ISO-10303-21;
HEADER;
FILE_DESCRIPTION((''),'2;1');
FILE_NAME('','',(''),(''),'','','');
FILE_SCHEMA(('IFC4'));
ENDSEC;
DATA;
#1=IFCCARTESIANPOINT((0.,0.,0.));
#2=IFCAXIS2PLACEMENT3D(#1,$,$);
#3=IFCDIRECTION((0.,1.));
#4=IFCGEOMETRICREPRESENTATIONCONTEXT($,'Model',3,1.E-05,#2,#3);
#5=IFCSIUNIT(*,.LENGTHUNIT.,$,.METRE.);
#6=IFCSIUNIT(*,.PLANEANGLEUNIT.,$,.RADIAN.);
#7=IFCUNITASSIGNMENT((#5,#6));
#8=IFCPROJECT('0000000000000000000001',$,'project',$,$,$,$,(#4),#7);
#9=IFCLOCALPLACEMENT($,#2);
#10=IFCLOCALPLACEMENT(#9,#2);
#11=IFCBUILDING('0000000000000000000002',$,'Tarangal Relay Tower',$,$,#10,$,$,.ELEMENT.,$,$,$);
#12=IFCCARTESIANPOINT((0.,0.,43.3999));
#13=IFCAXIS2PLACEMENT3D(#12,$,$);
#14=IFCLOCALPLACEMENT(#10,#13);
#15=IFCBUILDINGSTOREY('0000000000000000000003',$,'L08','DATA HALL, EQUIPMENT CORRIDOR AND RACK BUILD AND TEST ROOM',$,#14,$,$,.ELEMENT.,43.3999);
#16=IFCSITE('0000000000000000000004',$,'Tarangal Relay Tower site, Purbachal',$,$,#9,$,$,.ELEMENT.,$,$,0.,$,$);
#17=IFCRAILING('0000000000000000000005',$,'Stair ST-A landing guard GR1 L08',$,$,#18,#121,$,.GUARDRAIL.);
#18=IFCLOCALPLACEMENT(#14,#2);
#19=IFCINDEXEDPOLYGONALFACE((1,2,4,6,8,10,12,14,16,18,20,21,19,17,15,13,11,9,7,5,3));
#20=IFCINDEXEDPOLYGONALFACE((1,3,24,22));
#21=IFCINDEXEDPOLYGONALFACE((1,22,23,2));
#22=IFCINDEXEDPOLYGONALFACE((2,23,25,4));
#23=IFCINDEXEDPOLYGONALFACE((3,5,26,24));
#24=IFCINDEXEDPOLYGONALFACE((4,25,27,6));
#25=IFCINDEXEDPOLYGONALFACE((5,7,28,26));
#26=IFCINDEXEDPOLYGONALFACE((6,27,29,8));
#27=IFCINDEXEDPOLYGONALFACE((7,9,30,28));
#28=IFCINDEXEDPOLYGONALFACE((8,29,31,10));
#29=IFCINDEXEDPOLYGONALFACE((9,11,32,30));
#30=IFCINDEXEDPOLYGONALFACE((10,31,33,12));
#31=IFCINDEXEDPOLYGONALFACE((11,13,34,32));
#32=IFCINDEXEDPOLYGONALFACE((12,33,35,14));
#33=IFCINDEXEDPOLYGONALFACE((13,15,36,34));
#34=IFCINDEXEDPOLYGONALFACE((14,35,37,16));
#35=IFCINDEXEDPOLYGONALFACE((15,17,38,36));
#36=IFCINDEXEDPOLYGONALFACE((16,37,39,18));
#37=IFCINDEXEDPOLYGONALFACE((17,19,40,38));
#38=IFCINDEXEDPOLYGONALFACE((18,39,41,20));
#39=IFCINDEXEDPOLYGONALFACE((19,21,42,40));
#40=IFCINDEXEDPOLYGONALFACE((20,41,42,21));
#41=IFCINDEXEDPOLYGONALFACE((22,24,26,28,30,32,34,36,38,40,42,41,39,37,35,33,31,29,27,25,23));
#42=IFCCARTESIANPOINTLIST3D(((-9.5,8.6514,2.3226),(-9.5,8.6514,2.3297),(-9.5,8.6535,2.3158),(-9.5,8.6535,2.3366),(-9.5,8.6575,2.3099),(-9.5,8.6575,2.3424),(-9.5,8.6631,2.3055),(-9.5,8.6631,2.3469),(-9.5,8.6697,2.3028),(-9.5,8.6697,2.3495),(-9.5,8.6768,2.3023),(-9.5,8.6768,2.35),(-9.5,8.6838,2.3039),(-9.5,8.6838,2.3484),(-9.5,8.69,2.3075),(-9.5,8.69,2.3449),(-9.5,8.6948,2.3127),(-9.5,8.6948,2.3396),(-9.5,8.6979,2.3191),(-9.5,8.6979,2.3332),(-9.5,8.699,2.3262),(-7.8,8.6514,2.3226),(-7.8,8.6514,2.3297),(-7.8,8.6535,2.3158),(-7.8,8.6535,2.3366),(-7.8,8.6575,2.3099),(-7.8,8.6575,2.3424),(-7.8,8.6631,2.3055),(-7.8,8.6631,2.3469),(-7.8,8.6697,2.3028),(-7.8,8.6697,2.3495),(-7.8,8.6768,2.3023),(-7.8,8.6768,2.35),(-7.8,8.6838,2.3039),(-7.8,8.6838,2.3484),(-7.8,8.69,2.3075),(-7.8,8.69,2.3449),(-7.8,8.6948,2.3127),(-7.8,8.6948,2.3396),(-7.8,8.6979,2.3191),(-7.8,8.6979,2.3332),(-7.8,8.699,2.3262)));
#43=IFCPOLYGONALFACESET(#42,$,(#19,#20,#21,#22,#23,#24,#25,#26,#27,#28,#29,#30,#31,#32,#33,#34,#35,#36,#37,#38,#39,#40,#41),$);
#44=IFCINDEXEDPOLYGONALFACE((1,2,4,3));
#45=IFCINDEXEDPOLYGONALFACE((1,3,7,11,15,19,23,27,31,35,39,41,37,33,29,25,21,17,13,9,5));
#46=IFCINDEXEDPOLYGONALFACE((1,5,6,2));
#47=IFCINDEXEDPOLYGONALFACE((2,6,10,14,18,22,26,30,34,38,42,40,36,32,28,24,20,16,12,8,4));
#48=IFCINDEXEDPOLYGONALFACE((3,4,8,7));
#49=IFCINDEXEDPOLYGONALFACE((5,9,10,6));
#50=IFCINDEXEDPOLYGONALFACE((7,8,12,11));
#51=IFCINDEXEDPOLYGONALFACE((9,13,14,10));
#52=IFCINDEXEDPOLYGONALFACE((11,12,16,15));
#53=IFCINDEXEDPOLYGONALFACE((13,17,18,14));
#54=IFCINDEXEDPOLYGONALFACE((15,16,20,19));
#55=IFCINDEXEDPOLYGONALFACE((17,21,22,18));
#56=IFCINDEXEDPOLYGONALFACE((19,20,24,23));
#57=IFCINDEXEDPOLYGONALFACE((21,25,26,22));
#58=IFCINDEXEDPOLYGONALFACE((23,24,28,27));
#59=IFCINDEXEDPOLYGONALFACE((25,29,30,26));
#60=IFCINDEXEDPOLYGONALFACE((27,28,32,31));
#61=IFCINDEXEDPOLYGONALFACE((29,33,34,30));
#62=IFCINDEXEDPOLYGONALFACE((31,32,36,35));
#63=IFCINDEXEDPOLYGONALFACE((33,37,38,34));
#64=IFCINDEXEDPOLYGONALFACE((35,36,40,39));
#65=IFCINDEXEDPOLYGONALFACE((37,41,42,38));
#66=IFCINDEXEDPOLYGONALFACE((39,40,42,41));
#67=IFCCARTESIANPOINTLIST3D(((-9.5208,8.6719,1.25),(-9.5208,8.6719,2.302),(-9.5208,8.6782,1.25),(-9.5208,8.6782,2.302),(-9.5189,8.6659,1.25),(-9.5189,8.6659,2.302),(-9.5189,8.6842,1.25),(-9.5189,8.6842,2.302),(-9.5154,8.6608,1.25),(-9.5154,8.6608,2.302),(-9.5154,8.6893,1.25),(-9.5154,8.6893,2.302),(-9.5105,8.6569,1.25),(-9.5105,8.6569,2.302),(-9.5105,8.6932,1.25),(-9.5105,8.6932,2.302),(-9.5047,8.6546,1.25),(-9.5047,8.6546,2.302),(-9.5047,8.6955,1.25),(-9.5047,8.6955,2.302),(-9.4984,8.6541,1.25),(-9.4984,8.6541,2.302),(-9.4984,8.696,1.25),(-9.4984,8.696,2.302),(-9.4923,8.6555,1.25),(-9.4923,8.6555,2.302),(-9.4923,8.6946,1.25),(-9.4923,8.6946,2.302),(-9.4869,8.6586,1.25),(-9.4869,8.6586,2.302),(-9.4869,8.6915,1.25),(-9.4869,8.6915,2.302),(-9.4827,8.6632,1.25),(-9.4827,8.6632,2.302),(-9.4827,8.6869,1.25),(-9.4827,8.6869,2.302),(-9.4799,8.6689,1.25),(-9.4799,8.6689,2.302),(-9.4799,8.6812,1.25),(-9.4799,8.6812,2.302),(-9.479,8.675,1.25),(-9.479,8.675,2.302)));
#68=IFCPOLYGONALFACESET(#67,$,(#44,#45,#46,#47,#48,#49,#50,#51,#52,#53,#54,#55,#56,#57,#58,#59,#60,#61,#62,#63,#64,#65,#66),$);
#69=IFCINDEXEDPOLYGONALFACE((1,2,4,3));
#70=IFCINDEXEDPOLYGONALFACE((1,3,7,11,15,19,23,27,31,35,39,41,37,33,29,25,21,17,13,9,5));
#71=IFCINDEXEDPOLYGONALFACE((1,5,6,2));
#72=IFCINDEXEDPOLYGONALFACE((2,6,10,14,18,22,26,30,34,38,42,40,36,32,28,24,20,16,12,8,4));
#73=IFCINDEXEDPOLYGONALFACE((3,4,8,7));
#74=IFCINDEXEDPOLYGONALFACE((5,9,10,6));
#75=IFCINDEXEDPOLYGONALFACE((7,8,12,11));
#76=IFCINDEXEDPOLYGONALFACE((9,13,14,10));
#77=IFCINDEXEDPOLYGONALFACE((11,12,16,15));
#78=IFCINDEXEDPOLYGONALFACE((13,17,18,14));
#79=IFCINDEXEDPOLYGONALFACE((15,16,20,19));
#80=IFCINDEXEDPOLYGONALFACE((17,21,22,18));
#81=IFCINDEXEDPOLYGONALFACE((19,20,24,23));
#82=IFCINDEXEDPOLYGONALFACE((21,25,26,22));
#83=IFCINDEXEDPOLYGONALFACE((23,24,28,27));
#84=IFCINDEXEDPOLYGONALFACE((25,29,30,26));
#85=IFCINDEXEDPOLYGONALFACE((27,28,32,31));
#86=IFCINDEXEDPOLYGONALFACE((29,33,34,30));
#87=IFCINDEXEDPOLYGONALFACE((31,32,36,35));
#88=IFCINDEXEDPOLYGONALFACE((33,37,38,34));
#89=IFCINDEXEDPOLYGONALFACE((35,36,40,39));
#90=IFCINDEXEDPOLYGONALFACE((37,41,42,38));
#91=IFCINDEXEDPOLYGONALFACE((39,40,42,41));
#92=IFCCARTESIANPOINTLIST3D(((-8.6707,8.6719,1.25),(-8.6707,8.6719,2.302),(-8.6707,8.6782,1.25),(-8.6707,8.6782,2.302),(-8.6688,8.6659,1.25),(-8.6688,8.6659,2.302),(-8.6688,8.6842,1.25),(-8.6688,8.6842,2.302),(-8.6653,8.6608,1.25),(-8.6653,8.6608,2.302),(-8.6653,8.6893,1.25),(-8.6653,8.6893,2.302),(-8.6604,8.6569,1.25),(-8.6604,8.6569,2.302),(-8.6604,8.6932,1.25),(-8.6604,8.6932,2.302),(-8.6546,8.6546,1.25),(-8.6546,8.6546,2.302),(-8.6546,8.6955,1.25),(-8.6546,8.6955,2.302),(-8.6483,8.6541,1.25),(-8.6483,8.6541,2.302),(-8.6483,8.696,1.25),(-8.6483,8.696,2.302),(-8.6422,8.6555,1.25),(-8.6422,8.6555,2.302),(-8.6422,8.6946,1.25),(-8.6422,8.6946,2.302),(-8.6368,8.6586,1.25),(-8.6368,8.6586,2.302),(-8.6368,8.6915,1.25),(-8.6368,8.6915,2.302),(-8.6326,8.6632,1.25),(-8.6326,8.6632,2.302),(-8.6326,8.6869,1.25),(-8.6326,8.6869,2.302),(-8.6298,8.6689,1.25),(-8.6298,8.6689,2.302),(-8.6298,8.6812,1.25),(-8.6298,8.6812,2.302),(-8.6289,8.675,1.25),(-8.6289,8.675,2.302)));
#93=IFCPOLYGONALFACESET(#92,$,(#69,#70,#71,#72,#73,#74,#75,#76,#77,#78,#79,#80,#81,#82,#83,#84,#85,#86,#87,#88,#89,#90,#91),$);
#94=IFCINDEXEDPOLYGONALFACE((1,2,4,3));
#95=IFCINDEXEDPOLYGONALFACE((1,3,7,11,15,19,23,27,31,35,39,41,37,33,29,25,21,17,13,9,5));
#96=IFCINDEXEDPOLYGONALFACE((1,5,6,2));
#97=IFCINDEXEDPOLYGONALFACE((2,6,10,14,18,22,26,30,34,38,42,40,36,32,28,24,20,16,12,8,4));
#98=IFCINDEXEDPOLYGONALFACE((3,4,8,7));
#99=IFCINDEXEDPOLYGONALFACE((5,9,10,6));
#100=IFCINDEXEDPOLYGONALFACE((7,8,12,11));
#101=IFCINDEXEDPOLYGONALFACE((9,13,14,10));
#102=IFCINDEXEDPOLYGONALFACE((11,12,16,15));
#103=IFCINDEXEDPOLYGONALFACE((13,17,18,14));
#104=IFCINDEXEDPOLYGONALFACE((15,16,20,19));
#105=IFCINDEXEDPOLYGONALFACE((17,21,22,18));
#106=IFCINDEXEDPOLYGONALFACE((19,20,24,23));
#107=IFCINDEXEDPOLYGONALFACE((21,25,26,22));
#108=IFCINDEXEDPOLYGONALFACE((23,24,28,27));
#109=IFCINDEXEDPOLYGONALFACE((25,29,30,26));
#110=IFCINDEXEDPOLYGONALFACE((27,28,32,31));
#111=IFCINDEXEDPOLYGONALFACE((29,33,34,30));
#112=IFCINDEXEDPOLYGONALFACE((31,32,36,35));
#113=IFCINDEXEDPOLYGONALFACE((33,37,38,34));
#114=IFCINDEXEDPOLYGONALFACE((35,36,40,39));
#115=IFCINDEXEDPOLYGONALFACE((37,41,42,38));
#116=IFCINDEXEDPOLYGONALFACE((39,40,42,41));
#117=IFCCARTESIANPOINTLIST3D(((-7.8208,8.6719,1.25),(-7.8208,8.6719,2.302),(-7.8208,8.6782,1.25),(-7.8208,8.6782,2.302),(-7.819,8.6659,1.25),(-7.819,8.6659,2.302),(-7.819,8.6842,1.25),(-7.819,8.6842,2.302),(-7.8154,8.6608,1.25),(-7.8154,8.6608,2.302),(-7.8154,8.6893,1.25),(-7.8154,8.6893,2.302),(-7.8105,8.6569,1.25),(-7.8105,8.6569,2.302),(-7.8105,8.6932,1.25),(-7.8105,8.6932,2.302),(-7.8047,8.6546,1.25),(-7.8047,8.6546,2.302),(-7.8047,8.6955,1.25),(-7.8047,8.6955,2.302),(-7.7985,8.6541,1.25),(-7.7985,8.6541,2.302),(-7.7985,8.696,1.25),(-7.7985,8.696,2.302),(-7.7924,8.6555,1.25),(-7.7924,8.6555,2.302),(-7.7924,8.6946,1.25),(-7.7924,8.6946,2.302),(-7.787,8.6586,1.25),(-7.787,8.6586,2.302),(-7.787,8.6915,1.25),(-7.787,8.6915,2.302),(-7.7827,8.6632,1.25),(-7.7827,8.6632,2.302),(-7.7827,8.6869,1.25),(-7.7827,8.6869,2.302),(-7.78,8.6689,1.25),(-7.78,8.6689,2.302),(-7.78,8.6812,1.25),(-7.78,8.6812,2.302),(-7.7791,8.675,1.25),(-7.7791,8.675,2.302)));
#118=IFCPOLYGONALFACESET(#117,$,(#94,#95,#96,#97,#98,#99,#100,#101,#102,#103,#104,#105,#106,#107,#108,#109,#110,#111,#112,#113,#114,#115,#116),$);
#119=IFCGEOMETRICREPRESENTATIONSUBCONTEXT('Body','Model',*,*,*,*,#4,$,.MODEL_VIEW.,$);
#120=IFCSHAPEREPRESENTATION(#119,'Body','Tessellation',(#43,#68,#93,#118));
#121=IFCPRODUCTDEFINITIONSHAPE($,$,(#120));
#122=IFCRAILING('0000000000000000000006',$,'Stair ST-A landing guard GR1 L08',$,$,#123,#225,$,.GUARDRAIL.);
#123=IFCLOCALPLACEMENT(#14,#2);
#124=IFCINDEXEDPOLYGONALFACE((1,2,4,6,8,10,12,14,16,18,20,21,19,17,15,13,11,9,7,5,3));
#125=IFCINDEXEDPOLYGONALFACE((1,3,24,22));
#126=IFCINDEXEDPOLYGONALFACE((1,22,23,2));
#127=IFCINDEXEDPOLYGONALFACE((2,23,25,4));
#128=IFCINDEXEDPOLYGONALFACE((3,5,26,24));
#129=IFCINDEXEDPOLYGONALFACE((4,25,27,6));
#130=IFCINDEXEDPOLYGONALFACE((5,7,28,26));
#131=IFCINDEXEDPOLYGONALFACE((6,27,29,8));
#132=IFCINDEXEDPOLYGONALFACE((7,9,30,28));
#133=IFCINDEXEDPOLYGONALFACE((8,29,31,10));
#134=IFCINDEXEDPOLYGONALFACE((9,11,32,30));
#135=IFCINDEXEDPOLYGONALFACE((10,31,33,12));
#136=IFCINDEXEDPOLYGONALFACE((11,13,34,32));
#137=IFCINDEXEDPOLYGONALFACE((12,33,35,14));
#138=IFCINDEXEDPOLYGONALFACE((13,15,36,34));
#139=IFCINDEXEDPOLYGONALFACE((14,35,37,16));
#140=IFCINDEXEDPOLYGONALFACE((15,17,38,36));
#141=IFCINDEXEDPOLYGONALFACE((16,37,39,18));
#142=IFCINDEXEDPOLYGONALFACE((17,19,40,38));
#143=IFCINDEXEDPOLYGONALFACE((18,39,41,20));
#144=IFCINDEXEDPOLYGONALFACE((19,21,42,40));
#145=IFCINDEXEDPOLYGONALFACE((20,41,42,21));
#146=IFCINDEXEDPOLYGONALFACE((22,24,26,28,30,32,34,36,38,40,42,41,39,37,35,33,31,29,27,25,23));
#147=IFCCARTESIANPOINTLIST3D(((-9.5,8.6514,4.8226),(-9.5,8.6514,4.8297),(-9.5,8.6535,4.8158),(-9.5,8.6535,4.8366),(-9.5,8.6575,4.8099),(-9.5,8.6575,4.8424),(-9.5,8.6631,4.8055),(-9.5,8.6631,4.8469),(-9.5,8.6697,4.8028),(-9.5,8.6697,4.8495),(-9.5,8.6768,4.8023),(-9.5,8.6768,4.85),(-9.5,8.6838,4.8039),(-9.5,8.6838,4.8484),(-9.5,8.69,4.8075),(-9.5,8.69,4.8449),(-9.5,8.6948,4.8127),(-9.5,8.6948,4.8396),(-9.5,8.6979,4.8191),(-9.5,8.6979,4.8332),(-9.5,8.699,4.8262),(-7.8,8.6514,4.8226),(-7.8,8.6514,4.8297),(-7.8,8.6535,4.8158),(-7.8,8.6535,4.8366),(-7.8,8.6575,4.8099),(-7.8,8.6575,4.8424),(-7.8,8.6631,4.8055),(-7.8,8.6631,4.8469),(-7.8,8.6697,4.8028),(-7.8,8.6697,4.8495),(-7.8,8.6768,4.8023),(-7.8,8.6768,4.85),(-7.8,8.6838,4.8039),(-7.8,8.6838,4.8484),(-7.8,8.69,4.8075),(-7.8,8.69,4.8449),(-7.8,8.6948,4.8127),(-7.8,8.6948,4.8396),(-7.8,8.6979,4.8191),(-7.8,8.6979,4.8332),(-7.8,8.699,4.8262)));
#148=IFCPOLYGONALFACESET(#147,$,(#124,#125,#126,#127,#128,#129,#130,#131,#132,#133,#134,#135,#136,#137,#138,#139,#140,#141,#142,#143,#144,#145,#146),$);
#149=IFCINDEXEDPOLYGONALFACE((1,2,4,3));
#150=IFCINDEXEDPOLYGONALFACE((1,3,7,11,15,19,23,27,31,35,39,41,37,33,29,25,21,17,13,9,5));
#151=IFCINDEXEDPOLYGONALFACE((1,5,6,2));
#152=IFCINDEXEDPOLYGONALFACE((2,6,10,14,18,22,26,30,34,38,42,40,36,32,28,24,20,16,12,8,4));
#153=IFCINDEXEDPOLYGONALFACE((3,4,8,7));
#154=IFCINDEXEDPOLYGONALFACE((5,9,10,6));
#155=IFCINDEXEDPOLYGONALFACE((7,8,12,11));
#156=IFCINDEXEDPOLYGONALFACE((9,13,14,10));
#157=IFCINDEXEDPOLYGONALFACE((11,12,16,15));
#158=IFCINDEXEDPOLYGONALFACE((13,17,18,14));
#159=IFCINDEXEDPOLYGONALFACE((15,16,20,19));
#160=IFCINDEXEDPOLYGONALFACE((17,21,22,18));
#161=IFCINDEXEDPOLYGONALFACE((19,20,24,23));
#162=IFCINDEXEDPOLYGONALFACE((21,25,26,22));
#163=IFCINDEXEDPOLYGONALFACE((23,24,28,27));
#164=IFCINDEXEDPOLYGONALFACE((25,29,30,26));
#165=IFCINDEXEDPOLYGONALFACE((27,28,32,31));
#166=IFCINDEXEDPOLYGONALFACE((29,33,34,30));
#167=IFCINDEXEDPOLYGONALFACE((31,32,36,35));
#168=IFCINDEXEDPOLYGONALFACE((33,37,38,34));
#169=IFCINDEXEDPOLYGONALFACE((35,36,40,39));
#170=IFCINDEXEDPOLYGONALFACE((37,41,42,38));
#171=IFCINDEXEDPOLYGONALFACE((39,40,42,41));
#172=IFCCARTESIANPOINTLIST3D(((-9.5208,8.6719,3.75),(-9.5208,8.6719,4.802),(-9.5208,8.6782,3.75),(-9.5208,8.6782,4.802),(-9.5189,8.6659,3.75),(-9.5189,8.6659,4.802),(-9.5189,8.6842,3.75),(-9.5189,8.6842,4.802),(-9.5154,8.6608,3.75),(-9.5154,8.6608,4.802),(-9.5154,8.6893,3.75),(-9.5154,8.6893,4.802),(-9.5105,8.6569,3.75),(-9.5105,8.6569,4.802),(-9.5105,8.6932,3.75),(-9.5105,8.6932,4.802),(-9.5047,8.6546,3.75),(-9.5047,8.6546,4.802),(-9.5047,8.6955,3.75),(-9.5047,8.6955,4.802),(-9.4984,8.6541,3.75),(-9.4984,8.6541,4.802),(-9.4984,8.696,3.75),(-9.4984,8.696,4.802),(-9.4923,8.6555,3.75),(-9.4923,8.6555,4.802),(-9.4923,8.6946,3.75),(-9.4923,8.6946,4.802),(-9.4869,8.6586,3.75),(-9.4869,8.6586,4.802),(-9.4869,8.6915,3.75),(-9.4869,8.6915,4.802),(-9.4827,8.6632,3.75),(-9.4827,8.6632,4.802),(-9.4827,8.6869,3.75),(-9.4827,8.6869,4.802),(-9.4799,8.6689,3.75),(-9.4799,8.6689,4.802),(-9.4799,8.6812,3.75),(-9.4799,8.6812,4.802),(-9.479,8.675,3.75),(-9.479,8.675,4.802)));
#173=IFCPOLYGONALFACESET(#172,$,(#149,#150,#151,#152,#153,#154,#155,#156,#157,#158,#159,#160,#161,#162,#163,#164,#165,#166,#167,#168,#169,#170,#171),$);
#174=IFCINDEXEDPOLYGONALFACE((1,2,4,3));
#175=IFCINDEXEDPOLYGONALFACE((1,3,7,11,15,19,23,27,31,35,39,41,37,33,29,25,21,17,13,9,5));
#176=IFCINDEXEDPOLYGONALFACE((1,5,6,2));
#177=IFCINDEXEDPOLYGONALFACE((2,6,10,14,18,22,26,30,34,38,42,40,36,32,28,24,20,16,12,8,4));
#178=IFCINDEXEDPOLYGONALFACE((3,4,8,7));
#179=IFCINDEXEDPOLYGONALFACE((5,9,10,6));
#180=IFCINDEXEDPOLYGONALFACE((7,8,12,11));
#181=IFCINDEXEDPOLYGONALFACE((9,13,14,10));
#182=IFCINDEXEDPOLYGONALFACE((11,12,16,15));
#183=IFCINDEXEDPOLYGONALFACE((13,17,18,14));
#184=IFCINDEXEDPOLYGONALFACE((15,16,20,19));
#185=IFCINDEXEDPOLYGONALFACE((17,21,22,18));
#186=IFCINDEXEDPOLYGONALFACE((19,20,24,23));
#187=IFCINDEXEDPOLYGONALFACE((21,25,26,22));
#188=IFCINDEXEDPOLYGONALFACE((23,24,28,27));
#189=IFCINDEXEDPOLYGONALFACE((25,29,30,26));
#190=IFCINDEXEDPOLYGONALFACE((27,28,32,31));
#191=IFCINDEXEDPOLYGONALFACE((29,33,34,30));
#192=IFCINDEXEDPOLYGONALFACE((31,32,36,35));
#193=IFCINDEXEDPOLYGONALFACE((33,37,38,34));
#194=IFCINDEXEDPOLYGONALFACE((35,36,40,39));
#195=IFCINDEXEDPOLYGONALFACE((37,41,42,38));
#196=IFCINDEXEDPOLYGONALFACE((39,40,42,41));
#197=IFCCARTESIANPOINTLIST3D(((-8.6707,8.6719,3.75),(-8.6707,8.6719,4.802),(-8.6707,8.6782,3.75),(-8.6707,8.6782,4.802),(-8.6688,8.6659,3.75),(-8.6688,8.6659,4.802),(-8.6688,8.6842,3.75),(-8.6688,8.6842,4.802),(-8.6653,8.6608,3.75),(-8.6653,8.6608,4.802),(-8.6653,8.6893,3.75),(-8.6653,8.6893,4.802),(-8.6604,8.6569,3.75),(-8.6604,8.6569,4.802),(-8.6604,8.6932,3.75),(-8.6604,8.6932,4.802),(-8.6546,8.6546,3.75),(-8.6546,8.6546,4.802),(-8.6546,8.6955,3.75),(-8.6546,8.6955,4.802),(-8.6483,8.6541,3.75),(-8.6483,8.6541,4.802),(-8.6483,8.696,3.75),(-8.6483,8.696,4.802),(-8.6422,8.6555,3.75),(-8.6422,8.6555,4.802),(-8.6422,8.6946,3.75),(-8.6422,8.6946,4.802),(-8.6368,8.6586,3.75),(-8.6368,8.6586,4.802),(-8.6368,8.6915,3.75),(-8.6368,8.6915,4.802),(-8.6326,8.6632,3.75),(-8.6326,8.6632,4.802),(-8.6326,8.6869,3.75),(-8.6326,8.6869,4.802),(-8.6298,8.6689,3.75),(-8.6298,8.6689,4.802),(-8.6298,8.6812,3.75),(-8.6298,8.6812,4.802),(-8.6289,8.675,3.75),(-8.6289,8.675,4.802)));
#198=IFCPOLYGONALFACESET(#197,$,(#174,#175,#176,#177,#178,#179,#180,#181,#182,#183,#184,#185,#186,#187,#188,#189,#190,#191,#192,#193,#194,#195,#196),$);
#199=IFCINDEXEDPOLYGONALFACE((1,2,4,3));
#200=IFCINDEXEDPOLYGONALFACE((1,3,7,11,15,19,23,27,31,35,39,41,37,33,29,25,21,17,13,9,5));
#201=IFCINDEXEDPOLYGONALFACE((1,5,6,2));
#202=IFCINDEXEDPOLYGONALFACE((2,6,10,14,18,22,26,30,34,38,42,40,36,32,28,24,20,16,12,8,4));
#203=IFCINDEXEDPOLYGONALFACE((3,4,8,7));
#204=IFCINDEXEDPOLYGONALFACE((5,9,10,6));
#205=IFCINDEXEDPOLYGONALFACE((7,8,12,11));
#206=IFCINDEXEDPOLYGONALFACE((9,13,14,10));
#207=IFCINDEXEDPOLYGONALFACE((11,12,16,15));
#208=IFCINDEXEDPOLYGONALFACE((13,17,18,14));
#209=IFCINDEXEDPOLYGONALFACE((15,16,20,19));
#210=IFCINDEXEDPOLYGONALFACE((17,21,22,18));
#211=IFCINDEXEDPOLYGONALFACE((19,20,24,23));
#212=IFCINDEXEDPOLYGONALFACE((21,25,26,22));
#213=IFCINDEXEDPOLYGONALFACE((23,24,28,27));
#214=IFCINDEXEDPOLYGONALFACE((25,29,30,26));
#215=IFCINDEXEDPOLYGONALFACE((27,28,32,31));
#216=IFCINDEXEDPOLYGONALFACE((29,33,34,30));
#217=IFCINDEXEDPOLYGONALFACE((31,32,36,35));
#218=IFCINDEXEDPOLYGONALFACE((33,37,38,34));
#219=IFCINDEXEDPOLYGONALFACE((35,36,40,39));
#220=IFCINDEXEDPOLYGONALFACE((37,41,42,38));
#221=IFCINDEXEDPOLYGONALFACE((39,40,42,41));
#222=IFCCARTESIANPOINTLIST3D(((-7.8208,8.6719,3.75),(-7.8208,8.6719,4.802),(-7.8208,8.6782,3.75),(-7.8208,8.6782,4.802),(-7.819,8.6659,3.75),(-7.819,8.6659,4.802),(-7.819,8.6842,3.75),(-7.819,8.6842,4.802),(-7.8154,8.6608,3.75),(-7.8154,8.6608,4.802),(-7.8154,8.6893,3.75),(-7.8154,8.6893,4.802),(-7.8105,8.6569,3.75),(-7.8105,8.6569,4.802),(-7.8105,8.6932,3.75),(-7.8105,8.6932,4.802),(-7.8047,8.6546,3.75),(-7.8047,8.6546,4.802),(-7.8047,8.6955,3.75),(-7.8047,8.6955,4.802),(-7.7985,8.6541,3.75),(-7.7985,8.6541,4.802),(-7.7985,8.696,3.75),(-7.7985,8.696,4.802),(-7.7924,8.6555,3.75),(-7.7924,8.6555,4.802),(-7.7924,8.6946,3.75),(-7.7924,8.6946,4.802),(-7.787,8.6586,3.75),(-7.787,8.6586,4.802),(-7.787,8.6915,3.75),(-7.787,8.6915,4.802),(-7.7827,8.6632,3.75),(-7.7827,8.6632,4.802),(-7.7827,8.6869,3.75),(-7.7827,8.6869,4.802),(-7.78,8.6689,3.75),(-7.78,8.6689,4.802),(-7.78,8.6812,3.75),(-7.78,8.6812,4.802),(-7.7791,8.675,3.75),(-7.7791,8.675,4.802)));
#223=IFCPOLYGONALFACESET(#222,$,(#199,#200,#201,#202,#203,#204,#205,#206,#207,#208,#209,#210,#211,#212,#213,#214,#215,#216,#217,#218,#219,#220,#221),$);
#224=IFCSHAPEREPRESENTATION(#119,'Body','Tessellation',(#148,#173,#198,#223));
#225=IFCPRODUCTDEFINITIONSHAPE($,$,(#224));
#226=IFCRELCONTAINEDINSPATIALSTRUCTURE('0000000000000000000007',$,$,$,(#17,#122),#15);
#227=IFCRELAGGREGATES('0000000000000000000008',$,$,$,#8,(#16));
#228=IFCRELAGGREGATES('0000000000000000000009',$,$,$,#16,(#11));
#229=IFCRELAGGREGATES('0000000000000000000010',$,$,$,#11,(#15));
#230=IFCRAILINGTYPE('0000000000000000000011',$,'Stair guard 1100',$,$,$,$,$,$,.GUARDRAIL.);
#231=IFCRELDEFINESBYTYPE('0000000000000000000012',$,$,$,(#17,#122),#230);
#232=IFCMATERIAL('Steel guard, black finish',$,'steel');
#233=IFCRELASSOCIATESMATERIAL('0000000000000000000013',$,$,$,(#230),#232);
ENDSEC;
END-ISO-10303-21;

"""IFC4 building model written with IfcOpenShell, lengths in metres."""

from ifc_helpers import new_model, si_unit, direction, frame, origin, origin_2d, place, context, subcontext, project, spatial, circle, extrude, material, type_object, element, save


model = new_model("IFC4")

# Units and contexts
model_context = context("Model", 3, precision=1e-05, world=origin(), true_north=direction((0.0, 1.0)))
body_context = subcontext(model_context, "Body", "Model", "MODEL_VIEW")
ifc_project = project(units=[si_unit("LENGTHUNIT", "METRE"), si_unit("PLANEANGLEUNIT", "RADIAN")], contexts=[model_context])

# Site, building, storey
site_placement = place(None, origin())
site = spatial("IfcSite", under=ifc_project, at=site_placement, Name="Tarangal Relay Tower site, Purbachal", CompositionType="ELEMENT", RefElevation=0.0)
building_placement = place(site_placement, origin())
building = spatial("IfcBuilding", under=site, at=building_placement, Name="Tarangal Relay Tower", CompositionType="ELEMENT")
storey_placement = place(building_placement, frame((0.0, 0.0, 43.3999)))
storey = spatial("IfcBuildingStorey", under=building, at=storey_placement, Name="L08", Description="DATA HALL, EQUIPMENT CORRIDOR AND RACK BUILD AND TEST ROOM", CompositionType="ELEMENT", Elevation=43.3999)

# Railings
ifc_material_1 = material(Name="Steel guard, black finish", Category="steel")
railing_type_1 = type_object("IfcRailingType", Name="Stair guard 1100", PredefinedType="GUARDRAIL", material=ifc_material_1)
for number, where, name in (
    (1, (-9.5, 8.675, 1.25), "Stair ST-A landing guard GR1 L08"),
    (2, (-9.5, 8.675, 3.75), "Stair ST-A landing guard GR1 L08"),
):
    element("IfcRailing", number, at=place(storey_placement, frame(where)), inside=storey, type_object=railing_type_1, Name=name, PredefinedType="GUARDRAIL", context=body_context, shape_type="SweptSolid", body=[
        extrude(circle(Radius=0.0239, at=origin_2d()), frame((0.0, 0.0, 1.0762), z_axis=(1.0, 0.0, 0.0), x_axis=(0.0, 1.0, 0.0)), (0.0, 0.0, 1.0), 1.7),
        extrude(circle(Radius=0.021, at=origin_2d()), origin(), (0.0, 0.0, 1.0), 1.052),
        extrude(circle(Radius=0.021, at=origin_2d()), frame((0.8501, 0.0, 0.0)), (0.0, 0.0, 1.0), 1.052),
        extrude(circle(Radius=0.021, at=origin_2d()), frame((1.7, 0.0, 0.0)), (0.0, 0.0, 1.0), 1.052),
    ])

save(model, "model.ifc")
